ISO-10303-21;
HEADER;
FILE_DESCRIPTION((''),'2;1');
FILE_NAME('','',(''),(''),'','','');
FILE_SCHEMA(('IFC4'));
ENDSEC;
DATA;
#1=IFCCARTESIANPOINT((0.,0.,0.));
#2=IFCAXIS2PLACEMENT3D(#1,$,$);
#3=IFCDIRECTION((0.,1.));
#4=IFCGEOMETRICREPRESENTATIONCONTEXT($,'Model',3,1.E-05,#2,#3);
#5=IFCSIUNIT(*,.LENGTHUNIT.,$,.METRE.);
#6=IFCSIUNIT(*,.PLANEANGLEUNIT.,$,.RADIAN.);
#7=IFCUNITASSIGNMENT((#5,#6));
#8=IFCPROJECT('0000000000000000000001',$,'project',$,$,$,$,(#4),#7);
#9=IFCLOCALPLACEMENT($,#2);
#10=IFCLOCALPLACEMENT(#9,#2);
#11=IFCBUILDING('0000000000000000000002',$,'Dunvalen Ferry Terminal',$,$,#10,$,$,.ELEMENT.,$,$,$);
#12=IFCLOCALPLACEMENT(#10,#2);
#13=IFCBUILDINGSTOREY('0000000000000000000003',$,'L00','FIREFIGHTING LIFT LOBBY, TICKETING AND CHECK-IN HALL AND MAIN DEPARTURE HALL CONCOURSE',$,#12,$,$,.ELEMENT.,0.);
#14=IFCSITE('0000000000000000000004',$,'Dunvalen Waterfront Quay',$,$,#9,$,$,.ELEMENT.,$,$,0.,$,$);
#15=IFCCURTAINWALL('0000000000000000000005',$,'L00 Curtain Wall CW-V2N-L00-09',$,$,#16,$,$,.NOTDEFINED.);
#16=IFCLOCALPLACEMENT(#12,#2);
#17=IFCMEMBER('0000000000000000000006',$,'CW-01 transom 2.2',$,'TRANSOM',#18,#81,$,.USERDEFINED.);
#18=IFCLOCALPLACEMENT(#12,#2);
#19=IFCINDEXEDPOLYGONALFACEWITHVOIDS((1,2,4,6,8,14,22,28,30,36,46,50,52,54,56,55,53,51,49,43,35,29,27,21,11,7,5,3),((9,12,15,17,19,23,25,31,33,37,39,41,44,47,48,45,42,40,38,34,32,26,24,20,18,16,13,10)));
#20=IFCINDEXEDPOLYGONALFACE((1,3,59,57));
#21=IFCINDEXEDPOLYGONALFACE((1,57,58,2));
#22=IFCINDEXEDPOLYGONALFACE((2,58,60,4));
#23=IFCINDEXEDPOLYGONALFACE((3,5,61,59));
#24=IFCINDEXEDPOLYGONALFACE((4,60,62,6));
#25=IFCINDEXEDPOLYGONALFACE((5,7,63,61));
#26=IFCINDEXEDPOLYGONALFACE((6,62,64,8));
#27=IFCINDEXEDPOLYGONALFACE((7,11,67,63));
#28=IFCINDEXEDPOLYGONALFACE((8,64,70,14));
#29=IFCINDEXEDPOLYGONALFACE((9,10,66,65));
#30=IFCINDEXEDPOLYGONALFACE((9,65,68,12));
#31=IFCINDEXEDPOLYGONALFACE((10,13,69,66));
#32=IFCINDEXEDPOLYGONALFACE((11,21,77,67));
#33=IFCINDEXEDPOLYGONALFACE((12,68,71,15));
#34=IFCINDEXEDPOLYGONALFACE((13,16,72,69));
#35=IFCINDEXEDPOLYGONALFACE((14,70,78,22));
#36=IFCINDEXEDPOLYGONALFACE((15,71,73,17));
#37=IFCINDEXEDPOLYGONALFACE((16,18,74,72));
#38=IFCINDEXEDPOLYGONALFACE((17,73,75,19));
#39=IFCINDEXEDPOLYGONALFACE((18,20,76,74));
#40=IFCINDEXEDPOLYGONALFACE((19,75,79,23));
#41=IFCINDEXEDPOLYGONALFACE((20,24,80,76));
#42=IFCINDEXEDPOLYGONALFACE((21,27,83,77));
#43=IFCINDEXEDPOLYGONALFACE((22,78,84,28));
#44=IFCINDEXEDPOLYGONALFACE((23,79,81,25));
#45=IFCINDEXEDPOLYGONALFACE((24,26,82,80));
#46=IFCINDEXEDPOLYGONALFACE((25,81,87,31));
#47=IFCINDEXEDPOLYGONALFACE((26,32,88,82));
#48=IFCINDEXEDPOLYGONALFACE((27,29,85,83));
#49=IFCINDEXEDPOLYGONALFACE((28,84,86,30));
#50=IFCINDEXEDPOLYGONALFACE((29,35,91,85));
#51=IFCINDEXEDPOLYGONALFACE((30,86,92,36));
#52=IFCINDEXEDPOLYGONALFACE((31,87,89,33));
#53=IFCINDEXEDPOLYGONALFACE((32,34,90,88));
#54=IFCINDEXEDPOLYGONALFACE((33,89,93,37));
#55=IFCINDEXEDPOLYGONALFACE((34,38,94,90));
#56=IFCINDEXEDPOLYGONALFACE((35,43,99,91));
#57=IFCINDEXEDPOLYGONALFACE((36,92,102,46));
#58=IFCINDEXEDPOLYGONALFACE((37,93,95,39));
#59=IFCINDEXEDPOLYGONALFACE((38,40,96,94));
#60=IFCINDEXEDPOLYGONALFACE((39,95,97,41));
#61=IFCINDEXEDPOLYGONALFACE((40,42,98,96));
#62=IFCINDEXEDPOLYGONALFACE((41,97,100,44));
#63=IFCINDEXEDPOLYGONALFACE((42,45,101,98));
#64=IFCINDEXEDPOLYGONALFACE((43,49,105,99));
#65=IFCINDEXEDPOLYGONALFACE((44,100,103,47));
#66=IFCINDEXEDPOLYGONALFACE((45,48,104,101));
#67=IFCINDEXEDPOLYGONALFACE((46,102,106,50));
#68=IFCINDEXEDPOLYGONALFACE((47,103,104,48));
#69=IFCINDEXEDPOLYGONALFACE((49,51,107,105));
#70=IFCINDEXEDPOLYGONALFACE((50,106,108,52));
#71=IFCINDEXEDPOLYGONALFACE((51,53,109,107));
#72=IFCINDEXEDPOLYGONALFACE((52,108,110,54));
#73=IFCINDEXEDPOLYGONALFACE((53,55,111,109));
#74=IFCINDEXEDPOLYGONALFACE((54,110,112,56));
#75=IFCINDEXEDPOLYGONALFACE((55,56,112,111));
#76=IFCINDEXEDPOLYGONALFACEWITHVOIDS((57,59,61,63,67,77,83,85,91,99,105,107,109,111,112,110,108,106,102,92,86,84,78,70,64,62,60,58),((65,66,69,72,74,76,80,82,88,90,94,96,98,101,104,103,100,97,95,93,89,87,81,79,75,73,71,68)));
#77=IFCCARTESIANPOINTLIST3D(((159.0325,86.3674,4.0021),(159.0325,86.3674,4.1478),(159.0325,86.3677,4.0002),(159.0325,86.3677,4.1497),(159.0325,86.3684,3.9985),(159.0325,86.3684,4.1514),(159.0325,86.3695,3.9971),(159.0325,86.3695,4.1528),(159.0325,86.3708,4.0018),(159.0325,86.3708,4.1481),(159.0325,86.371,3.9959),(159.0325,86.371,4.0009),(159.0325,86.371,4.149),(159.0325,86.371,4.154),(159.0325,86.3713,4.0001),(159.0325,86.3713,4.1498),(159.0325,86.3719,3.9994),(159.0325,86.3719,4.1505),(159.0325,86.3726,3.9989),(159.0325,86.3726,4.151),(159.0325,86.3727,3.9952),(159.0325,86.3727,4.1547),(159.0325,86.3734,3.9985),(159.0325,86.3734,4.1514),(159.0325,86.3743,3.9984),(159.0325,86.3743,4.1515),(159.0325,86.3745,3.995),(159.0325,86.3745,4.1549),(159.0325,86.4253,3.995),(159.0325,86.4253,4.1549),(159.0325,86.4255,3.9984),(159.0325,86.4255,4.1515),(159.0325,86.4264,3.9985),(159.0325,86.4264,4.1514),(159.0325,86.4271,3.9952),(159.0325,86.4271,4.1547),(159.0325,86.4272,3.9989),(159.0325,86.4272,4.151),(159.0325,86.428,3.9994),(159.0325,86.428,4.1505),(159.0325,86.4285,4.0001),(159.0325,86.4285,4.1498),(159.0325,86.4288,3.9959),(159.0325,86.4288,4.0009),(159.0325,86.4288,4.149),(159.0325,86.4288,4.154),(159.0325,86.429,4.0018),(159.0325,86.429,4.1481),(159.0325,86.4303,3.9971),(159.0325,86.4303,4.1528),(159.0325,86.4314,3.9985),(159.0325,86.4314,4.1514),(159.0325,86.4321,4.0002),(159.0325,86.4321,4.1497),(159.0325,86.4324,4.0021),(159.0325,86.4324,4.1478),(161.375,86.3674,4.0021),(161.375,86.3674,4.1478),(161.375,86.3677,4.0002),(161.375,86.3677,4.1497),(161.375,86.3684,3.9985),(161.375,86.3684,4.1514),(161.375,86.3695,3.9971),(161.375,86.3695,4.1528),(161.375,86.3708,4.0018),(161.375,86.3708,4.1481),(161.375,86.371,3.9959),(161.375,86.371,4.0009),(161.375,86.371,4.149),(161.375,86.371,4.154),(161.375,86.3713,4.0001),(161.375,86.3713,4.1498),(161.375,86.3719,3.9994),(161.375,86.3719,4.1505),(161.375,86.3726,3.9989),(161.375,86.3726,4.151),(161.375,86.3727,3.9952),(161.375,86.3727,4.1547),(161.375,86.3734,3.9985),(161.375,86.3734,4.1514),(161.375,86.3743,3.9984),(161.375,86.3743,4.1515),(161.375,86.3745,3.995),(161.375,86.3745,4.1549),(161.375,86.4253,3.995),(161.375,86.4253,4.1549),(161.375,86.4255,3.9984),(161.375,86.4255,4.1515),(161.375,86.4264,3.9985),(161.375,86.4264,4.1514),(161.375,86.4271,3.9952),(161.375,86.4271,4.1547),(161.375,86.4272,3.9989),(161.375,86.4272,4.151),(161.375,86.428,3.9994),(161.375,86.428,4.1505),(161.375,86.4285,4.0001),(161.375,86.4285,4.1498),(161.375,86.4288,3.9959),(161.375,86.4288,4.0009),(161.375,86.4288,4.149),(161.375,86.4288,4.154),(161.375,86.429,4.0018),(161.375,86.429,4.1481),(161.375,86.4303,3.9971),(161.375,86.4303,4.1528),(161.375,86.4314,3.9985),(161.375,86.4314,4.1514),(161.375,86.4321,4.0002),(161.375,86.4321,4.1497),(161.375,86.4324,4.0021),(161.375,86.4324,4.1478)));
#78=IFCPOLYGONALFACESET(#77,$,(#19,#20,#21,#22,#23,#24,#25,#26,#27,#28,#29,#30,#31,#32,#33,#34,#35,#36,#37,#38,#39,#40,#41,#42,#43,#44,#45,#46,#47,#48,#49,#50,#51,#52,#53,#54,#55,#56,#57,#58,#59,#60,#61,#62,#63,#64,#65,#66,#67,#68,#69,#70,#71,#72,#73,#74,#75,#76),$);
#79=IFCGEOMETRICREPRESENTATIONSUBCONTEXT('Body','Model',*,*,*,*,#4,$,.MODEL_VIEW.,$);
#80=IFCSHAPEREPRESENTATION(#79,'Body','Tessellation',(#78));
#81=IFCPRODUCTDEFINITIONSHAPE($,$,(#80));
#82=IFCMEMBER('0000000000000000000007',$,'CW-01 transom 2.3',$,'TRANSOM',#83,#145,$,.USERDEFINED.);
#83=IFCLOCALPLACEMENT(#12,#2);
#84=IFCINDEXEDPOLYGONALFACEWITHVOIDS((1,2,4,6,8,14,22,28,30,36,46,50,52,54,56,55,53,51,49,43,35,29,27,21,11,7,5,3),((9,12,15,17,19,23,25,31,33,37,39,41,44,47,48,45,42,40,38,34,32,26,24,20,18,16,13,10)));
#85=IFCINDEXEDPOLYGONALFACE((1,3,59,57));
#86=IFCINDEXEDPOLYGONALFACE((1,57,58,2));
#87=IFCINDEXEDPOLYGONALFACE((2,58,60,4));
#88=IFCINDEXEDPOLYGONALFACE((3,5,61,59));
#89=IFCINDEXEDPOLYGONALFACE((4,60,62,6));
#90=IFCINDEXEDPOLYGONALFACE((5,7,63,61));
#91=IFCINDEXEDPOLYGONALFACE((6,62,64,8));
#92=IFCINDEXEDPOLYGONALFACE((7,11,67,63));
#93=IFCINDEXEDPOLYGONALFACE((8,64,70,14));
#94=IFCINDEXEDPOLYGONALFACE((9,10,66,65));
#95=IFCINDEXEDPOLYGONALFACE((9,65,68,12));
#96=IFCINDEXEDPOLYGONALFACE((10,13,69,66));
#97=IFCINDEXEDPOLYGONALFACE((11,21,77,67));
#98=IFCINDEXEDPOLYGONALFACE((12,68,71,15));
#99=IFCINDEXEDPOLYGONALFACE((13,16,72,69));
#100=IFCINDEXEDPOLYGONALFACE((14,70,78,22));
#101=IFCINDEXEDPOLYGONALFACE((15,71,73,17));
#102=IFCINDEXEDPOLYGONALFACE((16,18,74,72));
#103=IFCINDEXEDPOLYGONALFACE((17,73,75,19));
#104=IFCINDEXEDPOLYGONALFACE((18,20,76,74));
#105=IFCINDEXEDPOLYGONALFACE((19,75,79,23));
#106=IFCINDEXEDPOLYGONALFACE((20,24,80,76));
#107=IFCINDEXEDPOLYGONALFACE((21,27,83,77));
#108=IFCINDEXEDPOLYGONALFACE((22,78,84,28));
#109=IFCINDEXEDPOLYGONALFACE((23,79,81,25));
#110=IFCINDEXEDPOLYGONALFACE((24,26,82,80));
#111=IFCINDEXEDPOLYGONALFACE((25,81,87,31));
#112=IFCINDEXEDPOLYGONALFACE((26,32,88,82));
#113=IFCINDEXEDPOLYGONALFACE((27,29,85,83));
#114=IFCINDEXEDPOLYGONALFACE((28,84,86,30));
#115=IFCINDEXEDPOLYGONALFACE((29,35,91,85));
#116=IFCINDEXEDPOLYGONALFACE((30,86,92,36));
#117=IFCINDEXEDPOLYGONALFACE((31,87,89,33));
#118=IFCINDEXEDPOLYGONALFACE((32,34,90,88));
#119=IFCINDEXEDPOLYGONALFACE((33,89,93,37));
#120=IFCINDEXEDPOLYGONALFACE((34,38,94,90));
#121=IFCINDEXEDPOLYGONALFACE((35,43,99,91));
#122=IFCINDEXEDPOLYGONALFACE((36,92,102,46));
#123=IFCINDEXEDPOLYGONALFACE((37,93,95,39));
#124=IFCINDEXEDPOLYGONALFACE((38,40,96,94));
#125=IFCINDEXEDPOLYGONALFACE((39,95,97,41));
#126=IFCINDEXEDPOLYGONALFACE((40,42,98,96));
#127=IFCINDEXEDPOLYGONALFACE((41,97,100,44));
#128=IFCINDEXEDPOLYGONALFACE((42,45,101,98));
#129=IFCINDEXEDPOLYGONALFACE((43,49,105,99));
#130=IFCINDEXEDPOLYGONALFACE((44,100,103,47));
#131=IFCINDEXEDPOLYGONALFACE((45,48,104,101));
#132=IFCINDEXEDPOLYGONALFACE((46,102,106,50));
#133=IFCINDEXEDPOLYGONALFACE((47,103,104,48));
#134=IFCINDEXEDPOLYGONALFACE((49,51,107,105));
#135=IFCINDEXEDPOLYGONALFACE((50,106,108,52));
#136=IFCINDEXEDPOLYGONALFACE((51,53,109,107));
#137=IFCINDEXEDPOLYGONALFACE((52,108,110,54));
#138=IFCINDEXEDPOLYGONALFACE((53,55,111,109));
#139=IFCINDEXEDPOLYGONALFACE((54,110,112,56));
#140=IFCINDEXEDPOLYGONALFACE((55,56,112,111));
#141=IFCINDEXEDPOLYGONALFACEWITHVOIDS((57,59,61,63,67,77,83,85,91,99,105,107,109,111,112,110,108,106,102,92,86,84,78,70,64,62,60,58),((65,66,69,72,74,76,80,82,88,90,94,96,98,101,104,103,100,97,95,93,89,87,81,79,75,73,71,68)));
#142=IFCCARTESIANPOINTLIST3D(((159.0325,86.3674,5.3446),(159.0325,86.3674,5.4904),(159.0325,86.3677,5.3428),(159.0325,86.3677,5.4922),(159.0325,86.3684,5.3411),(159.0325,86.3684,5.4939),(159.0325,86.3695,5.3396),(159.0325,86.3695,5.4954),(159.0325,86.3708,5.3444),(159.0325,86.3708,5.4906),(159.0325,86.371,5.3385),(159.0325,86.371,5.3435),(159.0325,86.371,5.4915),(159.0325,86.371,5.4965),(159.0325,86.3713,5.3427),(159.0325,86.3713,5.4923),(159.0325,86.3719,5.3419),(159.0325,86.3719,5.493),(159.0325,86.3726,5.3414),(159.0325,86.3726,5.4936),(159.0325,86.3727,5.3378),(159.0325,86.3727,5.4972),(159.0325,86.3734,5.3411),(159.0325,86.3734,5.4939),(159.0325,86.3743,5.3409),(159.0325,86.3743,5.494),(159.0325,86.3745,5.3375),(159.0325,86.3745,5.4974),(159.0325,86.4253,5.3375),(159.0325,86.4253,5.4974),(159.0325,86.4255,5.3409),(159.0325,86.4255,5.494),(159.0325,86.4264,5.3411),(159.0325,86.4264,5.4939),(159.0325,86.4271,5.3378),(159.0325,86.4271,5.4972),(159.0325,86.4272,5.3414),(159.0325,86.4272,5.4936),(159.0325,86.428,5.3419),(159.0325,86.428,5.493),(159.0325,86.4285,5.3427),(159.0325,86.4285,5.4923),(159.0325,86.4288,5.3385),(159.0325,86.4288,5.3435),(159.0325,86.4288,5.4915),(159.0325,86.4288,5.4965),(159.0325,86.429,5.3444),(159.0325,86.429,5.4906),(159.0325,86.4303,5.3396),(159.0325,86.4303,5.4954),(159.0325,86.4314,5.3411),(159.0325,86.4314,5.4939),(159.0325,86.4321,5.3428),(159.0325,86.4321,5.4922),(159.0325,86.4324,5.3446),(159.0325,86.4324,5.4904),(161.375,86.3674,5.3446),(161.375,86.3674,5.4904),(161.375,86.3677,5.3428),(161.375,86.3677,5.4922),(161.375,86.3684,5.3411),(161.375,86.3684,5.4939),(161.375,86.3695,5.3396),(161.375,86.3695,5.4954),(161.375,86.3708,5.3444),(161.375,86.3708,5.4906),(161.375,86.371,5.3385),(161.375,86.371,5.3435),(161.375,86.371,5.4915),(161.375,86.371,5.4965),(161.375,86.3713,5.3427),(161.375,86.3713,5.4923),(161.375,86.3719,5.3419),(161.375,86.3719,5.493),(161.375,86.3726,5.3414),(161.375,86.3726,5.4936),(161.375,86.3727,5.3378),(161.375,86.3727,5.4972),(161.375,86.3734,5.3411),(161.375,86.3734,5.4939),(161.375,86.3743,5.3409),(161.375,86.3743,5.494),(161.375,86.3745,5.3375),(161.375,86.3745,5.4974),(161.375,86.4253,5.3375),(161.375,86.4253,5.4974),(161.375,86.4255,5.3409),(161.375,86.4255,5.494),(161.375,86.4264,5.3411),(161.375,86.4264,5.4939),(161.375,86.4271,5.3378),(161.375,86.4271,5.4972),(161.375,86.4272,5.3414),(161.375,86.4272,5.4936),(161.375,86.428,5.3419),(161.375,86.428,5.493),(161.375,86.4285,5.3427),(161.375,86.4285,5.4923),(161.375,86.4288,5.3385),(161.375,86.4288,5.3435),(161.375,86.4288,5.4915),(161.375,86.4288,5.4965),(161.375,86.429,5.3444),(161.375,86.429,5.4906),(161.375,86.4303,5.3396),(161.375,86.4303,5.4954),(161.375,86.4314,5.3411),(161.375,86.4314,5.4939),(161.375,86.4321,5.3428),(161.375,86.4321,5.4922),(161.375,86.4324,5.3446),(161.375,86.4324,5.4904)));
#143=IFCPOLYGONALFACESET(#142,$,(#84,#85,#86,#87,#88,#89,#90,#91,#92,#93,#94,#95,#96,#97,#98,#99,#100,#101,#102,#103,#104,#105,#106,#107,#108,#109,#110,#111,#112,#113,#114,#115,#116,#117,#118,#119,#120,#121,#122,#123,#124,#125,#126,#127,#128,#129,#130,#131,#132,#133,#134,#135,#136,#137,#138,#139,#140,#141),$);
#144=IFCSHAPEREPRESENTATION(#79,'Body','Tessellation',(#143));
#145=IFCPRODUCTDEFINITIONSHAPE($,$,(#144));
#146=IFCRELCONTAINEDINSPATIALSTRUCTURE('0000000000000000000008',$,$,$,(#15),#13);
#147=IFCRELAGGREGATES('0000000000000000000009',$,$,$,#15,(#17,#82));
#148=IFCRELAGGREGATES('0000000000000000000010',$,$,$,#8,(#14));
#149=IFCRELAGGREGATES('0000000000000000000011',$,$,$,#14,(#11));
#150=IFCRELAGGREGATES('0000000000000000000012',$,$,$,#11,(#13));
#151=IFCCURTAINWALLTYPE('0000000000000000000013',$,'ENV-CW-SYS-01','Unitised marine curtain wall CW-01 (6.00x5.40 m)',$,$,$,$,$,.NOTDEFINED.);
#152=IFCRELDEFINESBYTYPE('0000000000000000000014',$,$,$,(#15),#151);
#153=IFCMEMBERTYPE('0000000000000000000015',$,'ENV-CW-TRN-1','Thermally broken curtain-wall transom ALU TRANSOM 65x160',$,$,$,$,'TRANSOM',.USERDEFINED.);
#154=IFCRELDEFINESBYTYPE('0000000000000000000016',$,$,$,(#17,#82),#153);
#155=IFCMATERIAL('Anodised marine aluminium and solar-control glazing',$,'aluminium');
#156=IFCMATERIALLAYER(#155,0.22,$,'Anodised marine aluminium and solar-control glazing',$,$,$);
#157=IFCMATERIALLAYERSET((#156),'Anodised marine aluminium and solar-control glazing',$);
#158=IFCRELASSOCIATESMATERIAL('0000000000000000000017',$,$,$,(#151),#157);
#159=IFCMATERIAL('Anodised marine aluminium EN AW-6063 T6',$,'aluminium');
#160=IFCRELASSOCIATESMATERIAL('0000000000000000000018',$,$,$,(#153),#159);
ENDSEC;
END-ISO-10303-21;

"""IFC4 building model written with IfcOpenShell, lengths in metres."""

from ifc_helpers import new_model, si_unit, direction, frame, origin, origin_2d, place, context, subcontext, project, spatial, hollow_rectangle, extrude, material, layer, layer_set, material_profile, profile_set, type_object, element, aggregate, save


model = new_model("IFC4")

# Units and contexts
model_context = context("Model", 3, precision=1e-05, world=origin(), true_north=direction((0.0, 1.0)))
body_context = subcontext(model_context, "Body", "Model", "MODEL_VIEW")
ifc_project = project(units=[si_unit("LENGTHUNIT", "METRE"), si_unit("PLANEANGLEUNIT", "RADIAN")], contexts=[model_context])

# Site, building, storey
site_placement = place(None, origin())
site = spatial("IfcSite", under=ifc_project, at=site_placement, Name="Dunvalen Waterfront Quay", CompositionType="ELEMENT", RefElevation=0.0)
building_placement = place(site_placement, origin())
building = spatial("IfcBuilding", under=site, at=building_placement, Name="Dunvalen Ferry Terminal", CompositionType="ELEMENT")
storey_placement = place(building_placement, origin())
storey = spatial("IfcBuildingStorey", under=building, at=storey_placement, Name="L00", Description="FIREFIGHTING LIFT LOBBY, TICKETING AND CHECK-IN HALL AND MAIN DEPARTURE HALL CONCOURSE", CompositionType="ELEMENT", Elevation=0.0)

# Curtain wall
ifc_material_1 = material(Name="Anodised marine aluminium and solar-control glazing", Category="aluminium")
ifc_layer_1 = layer(ifc_material_1, 0.22, Name="Anodised marine aluminium and solar-control glazing")
ifc_layer_set_1 = layer_set([ifc_layer_1], Name="Anodised marine aluminium and solar-control glazing")
curtain_wall_type = type_object("IfcCurtainWallType", Name="ENV-CW-SYS-01", Description="Unitised marine curtain wall CW-01 (6.00x5.40 m)", PredefinedType="NOTDEFINED", material=ifc_layer_set_1)
curtain_wall_1_placement = place(storey_placement, origin())
curtain_wall_1 = element("IfcCurtainWall", 1, at=curtain_wall_1_placement, inside=storey, type_object=curtain_wall_type, Name="L00 Curtain Wall CW-V2N-L00-09", PredefinedType="NOTDEFINED")
ifc_material_2 = material(Name="Anodised marine aluminium EN AW-6063 T6", Category="aluminium")

# Members
ifc_material_profile_1 = material_profile(ifc_material_2, hollow_rectangle(XDim=0.0649, YDim=0.1599, WallThickness=0.0034, InnerFilletRadius=0.0034, OuterFilletRadius=0.0071, at=origin_2d()), Name="Anodised marine aluminium EN AW-6063 T6")
ifc_profile_set_1 = profile_set([ifc_material_profile_1], Name="Anodised marine aluminium EN AW-6063 T6")
member_type_1 = type_object("IfcMemberType", Name="ENV-CW-TRN-1", Description="Thermally broken curtain-wall transom ALU TRANSOM 65x160", ElementType="TRANSOM", PredefinedType="USERDEFINED", material=ifc_profile_set_1)
member_1_placement = place(storey_placement, frame((159.0325, 86.3999, 4.075), z_axis=(1.0, 0.0, 0.0), x_axis=(0.0, 1.0, 0.0)))
member_1 = element("IfcMember", 2, at=member_1_placement, type_object=member_type_1, Name="CW-01 transom 2.2", ObjectType="TRANSOM", PredefinedType="USERDEFINED", context=body_context, shape_type="SweptSolid", body=[
    extrude(hollow_rectangle(XDim=0.0649, YDim=0.1599, WallThickness=0.0034, InnerFilletRadius=0.0034, OuterFilletRadius=0.0071, at=origin_2d()), origin(), (0.0, 0.0, 1.0), 2.3425),
])
member_2_placement = place(storey_placement, frame((159.0325, 86.3999, 5.4175), z_axis=(1.0, 0.0, 0.0), x_axis=(0.0, 1.0, 0.0)))
member_2 = element("IfcMember", 3, at=member_2_placement, type_object=member_type_1, Name="CW-01 transom 2.3", ObjectType="TRANSOM", PredefinedType="USERDEFINED", context=body_context, shape_type="SweptSolid", body=[
    extrude(hollow_rectangle(XDim=0.0649, YDim=0.1599, WallThickness=0.0034, InnerFilletRadius=0.0034, OuterFilletRadius=0.0071, at=origin_2d()), origin(), (0.0, 0.0, 1.0), 2.3425),
])

aggregate(curtain_wall_1, [member_1, member_2])

save(model, "model.ifc")
